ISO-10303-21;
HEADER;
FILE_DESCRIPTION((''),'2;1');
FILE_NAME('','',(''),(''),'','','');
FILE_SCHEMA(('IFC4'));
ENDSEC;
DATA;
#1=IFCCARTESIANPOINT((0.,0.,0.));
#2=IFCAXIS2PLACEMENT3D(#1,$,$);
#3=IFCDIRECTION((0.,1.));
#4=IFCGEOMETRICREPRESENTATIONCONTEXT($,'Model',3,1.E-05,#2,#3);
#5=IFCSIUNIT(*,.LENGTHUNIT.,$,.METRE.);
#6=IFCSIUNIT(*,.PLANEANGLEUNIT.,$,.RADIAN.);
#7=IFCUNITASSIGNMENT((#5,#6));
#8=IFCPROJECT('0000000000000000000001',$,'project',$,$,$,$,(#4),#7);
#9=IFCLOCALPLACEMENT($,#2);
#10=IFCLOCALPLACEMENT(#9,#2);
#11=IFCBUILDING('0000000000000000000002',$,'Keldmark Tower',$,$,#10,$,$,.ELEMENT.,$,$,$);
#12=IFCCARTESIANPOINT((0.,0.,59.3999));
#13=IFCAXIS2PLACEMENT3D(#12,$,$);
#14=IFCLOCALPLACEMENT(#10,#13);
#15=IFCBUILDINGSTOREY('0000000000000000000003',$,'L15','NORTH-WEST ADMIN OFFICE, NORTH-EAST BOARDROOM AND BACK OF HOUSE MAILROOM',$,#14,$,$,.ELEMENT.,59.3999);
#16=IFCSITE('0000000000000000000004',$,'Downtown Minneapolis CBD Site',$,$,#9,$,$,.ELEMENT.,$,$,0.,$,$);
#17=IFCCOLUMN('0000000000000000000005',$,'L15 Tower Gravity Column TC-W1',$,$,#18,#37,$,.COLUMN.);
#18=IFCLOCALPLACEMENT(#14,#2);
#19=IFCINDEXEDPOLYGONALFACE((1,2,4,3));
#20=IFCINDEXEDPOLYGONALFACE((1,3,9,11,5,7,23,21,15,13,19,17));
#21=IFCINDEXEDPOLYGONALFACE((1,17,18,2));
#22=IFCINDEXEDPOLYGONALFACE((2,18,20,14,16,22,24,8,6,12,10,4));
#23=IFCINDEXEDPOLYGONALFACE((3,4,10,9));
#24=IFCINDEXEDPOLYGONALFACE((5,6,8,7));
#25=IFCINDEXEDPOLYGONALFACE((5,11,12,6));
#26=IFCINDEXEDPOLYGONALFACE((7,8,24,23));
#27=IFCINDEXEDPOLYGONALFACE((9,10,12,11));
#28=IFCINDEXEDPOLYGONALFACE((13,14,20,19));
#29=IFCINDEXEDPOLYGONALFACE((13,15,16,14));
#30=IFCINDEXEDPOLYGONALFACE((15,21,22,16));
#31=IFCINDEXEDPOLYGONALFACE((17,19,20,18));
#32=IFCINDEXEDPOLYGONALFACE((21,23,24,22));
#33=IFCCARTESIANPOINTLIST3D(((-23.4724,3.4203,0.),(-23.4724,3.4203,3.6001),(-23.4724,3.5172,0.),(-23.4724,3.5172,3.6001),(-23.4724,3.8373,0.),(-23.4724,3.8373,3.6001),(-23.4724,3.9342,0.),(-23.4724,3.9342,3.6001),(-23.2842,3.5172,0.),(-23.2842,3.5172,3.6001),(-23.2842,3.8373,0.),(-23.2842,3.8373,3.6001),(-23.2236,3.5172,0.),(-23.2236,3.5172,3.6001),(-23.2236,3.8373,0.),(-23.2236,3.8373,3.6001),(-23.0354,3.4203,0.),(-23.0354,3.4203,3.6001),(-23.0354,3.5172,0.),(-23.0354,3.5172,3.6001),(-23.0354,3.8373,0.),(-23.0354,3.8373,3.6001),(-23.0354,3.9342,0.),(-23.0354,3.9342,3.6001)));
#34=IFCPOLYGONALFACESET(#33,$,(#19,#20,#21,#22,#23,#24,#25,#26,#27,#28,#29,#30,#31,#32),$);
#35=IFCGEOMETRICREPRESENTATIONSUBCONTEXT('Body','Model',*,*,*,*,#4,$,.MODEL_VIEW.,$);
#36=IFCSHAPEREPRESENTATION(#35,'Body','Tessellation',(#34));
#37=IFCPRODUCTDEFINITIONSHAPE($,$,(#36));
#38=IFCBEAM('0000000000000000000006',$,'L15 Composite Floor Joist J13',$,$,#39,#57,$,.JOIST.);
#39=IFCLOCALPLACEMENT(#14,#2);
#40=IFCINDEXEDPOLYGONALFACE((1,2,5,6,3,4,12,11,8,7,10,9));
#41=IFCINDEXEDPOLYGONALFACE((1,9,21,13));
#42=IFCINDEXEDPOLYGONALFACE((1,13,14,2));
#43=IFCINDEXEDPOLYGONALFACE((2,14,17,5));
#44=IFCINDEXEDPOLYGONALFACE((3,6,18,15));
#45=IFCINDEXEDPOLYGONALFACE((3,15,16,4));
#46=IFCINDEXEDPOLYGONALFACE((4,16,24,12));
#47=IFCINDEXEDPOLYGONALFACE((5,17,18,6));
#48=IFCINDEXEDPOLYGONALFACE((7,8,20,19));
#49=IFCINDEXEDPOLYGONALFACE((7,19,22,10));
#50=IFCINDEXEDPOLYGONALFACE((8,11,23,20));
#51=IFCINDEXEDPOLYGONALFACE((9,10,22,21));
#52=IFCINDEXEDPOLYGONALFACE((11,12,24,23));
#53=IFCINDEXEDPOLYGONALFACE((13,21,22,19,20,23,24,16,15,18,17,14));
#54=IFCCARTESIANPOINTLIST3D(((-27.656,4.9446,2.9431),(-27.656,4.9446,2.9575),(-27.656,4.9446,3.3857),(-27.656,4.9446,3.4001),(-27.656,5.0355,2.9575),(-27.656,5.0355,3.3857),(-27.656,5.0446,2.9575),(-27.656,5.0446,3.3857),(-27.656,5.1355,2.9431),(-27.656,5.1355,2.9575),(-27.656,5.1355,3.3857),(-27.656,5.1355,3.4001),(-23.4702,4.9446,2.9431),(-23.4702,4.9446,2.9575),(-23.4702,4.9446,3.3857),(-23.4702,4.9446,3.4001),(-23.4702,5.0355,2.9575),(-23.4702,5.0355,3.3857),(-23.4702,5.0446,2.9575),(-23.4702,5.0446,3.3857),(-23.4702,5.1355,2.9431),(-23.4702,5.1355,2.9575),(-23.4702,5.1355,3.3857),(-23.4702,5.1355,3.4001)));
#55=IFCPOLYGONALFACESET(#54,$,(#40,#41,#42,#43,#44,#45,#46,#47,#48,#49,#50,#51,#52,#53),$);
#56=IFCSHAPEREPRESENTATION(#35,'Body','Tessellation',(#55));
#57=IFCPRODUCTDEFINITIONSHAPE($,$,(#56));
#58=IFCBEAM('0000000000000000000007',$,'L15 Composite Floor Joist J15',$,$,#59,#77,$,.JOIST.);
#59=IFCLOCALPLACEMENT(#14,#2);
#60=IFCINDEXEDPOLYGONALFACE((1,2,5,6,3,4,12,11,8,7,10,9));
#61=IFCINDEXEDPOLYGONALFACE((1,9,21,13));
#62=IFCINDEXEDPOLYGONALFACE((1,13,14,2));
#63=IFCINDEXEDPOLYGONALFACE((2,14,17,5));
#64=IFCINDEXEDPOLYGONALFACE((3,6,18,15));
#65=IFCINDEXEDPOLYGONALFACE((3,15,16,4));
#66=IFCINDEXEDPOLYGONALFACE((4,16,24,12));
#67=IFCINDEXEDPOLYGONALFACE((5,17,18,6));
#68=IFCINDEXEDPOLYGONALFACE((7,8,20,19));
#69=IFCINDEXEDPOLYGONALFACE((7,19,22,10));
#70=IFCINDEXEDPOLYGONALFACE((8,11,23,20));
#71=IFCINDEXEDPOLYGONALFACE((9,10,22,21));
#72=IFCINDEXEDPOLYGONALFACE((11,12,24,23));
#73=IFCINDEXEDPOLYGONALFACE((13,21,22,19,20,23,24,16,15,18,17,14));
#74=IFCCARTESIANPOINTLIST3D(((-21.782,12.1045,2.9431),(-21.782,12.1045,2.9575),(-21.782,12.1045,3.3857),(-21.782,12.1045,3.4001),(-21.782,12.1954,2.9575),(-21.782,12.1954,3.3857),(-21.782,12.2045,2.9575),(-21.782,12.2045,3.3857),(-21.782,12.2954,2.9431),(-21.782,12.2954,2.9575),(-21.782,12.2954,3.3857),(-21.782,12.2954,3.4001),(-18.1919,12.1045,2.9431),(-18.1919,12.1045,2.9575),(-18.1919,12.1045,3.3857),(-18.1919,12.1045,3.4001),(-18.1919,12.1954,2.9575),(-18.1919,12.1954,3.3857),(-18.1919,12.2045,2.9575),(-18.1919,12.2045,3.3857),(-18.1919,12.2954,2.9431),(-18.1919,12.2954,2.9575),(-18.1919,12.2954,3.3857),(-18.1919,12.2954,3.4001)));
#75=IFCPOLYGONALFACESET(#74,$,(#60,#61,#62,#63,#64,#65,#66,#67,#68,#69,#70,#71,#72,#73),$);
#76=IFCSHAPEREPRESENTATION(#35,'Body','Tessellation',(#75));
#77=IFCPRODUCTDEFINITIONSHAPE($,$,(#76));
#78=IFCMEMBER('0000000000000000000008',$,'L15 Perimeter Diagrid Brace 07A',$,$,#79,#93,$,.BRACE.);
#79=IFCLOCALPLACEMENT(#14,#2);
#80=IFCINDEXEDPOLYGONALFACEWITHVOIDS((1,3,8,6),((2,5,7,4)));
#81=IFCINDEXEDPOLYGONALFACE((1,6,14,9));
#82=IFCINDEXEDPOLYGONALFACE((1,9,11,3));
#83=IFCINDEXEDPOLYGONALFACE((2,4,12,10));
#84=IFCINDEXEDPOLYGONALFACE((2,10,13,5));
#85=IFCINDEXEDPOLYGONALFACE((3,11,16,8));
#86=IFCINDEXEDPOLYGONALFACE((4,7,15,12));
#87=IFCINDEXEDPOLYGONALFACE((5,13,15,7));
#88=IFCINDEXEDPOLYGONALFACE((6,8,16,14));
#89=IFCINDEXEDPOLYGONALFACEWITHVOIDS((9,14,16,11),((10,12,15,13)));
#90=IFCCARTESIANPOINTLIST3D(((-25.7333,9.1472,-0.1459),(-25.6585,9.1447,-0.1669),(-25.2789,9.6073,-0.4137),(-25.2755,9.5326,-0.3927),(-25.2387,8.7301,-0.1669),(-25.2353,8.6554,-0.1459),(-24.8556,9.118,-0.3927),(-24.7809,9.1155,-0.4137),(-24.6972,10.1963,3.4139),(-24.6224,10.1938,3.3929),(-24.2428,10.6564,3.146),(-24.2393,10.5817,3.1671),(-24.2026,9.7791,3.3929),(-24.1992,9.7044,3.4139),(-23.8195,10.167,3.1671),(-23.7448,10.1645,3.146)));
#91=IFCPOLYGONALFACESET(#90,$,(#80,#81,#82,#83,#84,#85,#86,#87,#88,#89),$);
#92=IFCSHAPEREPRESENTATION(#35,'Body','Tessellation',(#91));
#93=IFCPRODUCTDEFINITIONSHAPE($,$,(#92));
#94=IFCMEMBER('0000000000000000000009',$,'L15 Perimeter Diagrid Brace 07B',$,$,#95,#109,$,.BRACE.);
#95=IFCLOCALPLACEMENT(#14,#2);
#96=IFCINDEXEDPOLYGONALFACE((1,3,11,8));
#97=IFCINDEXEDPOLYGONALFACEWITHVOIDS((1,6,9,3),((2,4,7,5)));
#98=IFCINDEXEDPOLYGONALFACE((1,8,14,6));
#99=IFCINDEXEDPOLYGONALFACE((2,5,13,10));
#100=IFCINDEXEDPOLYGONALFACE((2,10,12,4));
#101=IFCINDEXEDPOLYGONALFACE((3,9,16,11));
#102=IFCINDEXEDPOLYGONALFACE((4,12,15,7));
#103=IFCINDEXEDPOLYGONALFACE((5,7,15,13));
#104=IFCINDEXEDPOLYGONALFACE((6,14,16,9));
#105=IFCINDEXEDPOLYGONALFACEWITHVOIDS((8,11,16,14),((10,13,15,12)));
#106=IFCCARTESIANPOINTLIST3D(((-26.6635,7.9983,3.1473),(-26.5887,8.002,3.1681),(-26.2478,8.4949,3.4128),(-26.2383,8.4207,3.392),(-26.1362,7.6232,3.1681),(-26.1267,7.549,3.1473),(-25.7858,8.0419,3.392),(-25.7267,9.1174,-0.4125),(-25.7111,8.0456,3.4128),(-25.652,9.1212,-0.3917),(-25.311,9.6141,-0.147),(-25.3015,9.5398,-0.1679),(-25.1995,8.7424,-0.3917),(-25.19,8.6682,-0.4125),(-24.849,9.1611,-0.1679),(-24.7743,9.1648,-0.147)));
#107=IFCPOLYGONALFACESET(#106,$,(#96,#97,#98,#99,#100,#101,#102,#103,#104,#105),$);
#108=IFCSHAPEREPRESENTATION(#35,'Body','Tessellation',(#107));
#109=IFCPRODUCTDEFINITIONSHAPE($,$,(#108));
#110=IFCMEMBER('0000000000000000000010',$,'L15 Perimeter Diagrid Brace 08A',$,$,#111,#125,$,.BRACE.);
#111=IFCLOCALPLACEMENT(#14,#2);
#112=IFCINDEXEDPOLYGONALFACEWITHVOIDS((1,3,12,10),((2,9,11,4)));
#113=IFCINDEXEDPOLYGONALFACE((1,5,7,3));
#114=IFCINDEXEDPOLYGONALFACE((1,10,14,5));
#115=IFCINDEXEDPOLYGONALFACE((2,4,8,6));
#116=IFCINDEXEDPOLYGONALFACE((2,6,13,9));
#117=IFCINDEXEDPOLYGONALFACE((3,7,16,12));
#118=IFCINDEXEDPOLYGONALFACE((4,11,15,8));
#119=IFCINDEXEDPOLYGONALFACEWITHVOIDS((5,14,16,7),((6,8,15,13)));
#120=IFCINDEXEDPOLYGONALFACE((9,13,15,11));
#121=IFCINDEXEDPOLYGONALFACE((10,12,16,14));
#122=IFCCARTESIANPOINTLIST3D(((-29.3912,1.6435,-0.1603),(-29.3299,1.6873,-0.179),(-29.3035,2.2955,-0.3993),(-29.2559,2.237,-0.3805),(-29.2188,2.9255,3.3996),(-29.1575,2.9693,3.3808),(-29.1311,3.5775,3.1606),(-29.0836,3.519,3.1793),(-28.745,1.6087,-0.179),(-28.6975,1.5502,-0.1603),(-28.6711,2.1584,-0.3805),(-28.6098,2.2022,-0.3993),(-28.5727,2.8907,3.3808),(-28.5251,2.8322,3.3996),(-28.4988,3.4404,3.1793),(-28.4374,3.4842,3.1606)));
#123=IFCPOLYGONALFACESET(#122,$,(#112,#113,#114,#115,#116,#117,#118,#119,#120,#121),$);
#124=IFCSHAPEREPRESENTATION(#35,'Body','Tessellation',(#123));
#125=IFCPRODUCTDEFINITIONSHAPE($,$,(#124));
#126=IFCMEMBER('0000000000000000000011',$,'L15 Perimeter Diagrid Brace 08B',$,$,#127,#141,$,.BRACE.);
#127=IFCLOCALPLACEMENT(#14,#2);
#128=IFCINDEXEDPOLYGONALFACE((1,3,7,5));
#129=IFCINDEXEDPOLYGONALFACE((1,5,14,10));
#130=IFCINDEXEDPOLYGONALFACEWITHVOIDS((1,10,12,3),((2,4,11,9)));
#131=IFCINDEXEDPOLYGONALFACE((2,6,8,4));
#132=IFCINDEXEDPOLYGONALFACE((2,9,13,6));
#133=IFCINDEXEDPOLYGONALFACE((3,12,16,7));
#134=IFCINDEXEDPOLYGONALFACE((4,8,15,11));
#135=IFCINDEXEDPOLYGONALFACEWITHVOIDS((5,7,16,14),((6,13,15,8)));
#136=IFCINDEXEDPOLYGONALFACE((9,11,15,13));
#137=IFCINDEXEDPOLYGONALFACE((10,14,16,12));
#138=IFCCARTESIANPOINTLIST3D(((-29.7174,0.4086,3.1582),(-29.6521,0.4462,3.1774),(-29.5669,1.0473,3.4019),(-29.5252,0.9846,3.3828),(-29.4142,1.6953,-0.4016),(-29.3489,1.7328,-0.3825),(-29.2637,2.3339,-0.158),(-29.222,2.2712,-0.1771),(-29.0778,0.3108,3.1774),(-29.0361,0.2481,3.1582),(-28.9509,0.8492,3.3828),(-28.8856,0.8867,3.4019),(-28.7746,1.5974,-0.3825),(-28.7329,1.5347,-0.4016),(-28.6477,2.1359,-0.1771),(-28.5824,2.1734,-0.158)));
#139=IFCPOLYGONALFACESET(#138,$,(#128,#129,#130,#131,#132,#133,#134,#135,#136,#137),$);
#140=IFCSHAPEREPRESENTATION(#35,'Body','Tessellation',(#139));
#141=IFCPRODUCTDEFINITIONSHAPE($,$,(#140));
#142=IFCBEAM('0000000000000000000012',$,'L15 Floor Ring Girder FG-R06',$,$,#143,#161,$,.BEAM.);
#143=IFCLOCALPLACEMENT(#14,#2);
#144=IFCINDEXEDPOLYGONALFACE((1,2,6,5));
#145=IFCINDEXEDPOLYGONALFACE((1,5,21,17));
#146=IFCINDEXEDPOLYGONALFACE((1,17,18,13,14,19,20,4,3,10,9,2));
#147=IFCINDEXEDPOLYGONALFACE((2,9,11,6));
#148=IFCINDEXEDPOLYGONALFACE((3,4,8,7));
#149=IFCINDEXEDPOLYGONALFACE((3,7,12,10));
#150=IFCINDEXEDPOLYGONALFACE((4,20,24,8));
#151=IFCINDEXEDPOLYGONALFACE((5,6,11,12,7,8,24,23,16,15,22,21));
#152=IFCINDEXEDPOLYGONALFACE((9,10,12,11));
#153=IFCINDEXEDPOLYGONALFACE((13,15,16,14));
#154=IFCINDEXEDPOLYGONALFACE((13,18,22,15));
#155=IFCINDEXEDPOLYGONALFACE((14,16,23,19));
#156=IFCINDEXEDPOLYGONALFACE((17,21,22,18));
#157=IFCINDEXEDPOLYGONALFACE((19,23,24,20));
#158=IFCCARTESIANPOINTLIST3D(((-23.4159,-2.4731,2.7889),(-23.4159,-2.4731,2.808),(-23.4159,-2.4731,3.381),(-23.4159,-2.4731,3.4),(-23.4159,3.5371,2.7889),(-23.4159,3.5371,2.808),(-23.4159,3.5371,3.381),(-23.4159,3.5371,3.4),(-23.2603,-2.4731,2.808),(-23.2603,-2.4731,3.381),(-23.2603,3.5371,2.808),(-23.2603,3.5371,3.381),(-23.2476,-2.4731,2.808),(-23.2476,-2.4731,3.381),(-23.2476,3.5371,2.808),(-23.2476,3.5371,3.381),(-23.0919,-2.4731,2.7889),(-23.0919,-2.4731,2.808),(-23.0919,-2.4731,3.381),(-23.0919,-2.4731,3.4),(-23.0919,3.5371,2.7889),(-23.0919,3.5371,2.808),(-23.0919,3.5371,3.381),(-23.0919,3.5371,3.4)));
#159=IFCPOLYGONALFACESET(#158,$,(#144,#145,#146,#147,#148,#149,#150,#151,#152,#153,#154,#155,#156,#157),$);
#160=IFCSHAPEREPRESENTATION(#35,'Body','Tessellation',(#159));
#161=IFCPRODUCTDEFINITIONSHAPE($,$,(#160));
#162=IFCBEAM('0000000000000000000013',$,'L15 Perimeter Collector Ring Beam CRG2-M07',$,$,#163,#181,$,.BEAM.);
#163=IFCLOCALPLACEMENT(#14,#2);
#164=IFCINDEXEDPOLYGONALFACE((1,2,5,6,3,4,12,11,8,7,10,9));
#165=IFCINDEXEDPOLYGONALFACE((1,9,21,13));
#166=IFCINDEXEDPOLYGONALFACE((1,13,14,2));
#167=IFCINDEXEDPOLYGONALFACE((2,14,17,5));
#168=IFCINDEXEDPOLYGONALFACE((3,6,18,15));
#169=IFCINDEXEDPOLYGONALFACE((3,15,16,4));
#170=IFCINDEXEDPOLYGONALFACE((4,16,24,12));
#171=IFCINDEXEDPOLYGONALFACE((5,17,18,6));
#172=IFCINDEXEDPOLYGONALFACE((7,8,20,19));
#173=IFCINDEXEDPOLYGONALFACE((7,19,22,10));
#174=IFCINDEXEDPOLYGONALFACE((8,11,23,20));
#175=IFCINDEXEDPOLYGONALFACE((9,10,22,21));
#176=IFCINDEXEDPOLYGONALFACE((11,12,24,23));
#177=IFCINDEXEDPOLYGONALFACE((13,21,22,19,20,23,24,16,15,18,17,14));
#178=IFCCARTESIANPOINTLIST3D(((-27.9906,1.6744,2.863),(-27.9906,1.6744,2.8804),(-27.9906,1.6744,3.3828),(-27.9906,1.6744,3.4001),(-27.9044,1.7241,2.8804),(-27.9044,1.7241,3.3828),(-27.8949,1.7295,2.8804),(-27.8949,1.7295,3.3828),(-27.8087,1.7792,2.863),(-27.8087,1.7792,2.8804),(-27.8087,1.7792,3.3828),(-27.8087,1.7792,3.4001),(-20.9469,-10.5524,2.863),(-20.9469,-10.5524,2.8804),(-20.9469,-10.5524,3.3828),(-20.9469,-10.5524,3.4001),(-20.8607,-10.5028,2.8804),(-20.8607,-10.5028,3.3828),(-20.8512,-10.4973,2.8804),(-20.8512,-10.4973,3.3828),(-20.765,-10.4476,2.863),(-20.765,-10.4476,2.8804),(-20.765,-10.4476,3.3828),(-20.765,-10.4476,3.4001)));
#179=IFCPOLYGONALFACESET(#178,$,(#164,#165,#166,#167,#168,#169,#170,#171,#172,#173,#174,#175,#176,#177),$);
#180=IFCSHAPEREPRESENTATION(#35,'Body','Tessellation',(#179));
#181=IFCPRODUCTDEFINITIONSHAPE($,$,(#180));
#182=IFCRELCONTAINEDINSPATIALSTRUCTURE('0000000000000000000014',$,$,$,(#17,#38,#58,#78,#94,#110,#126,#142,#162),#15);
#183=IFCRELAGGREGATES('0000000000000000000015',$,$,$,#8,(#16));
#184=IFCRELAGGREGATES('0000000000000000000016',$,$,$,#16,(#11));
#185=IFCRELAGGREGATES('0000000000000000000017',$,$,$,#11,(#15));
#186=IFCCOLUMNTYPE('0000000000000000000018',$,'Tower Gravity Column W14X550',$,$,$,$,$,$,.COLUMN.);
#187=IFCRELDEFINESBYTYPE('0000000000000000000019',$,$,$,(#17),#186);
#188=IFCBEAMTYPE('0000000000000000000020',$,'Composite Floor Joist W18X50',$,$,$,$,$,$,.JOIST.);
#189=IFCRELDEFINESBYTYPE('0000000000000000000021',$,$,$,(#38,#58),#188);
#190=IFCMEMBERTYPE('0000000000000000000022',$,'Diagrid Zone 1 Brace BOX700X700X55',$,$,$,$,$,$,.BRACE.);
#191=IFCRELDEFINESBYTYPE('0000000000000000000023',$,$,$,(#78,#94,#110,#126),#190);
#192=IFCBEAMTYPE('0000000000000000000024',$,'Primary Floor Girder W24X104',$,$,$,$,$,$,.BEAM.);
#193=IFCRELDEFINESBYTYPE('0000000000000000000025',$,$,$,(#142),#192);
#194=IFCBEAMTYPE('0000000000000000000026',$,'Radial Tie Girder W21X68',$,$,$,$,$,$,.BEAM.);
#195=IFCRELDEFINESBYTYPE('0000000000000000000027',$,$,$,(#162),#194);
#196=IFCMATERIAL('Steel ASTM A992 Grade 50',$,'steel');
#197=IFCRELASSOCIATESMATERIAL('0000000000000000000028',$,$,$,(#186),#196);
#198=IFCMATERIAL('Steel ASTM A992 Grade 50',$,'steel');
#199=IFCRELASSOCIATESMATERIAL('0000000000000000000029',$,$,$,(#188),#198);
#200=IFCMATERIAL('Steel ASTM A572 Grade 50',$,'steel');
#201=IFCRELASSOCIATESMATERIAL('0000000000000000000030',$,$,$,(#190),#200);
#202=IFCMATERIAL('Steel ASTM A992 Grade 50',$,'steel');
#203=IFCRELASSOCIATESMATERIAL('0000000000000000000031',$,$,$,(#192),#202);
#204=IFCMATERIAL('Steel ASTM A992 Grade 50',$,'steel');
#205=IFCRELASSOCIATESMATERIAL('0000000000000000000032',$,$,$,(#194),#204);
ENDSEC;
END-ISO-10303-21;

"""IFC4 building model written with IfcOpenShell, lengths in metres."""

from ifc_helpers import new_model, si_unit, direction, frame, origin, origin_2d, place, context, subcontext, project, spatial, hollow_rectangle, i_section, extrude, material, material_profile, profile_set, type_object, element, save


model = new_model("IFC4")

# Units and contexts
model_context = context("Model", 3, precision=1e-05, world=origin(), true_north=direction((0.0, 1.0)))
body_context = subcontext(model_context, "Body", "Model", "MODEL_VIEW")
ifc_project = project(units=[si_unit("LENGTHUNIT", "METRE"), si_unit("PLANEANGLEUNIT", "RADIAN")], contexts=[model_context])

# Site, building, storey
site_placement = place(None, origin())
site = spatial("IfcSite", under=ifc_project, at=site_placement, Name="Downtown Minneapolis CBD Site", CompositionType="ELEMENT", RefElevation=0.0)
building_placement = place(site_placement, origin())
building = spatial("IfcBuilding", under=site, at=building_placement, Name="Keldmark Tower", CompositionType="ELEMENT")
storey_placement = place(building_placement, frame((0.0, 0.0, 59.3999)))
storey = spatial("IfcBuildingStorey", under=building, at=storey_placement, Name="L15", Description="NORTH-WEST ADMIN OFFICE, NORTH-EAST BOARDROOM AND BACK OF HOUSE MAILROOM", CompositionType="ELEMENT", Elevation=59.3999)

# Column
ifc_material_1 = material(Name="Steel ASTM A992 Grade 50", Category="steel")
ifc_material_profile_1 = material_profile(ifc_material_1, i_section(OverallWidth=0.437, OverallDepth=0.5139, WebThickness=0.0605, FlangeThickness=0.0969, at=origin_2d()), Name="W14X550")
ifc_profile_set_1 = profile_set([ifc_material_profile_1], Name="Steel ASTM A992 Grade 50")
column_type = type_object("IfcColumnType", Name="Tower Gravity Column W14X550", PredefinedType="COLUMN", material=ifc_profile_set_1)
column_placement = place(storey_placement, frame((-23.2539, 3.6772, 0.0), z_axis=(0.0, 0.0, 1.0), x_axis=(1.0, 0.0, 0.0)))
element("IfcColumn", 1, at=column_placement, inside=storey, type_object=column_type, Name="L15 Tower Gravity Column TC-W1", PredefinedType="COLUMN", context=body_context, shape_type="SweptSolid", body=[
    extrude(i_section(OverallWidth=0.437, OverallDepth=0.5139, WebThickness=0.0605, FlangeThickness=0.0969, at=origin_2d()), origin(), (0.0, 0.0, 1.0), 3.6001),
])

# Beams
ifc_material_2 = material(Name="Steel ASTM A992 Grade 50", Category="steel")
ifc_material_profile_2 = material_profile(ifc_material_2, i_section(OverallWidth=0.1909, OverallDepth=0.457, WebThickness=0.009, FlangeThickness=0.0144, at=origin_2d()), Name="W18X50")
ifc_profile_set_2 = profile_set([ifc_material_profile_2], Name="Steel ASTM A992 Grade 50")
beam_type_1 = type_object("IfcBeamType", Name="Composite Floor Joist W18X50", PredefinedType="JOIST", material=ifc_profile_set_2)
beam_1_placement = place(storey_placement, frame((-27.656, 5.04, 3.1716), z_axis=(1.0, 0.0, 0.0), x_axis=(0.0, 1.0, 0.0)))
element("IfcBeam", 2, at=beam_1_placement, inside=storey, type_object=beam_type_1, Name="L15 Composite Floor Joist J13", PredefinedType="JOIST", context=body_context, shape_type="SweptSolid", body=[
    extrude(i_section(OverallWidth=0.1909, OverallDepth=0.457, WebThickness=0.009, FlangeThickness=0.0144, at=origin_2d()), origin(), (0.0, 0.0, 1.0), 4.1858),
])
beam_2_placement = place(storey_placement, frame((-21.782, 12.2, 3.1716), z_axis=(1.0, 0.0, 0.0), x_axis=(0.0, 1.0, 0.0)))
element("IfcBeam", 3, at=beam_2_placement, inside=storey, type_object=beam_type_1, Name="L15 Composite Floor Joist J15", PredefinedType="JOIST", context=body_context, shape_type="SweptSolid", body=[
    extrude(i_section(OverallWidth=0.1909, OverallDepth=0.457, WebThickness=0.009, FlangeThickness=0.0144, at=origin_2d()), origin(), (0.0, 0.0, 1.0), 3.5901),
])

# Members
ifc_material_3 = material(Name="Steel ASTM A572 Grade 50", Category="steel")
ifc_material_profile_3 = material_profile(ifc_material_3, hollow_rectangle(XDim=0.7, YDim=0.7, WallThickness=0.0549, at=origin_2d()), Name="BOX700X700X55")
ifc_profile_set_3 = profile_set([ifc_material_profile_3], Name="Steel ASTM A572 Grade 50")
member_type = type_object("IfcMemberType", Name="Diagrid Zone 1 Brace BOX700X700X55", PredefinedType="BRACE", material=ifc_profile_set_3)
member_1_placement = place(storey_placement, frame((-25.2571, 9.1313, -0.2798), z_axis=(0.268909, 0.272267, 0.923883), x_axis=(-0.711481, 0.702705, 0.0)))
element("IfcMember", 4, at=member_1_placement, inside=storey, type_object=member_type, Name="L15 Perimeter Diagrid Brace 07A", PredefinedType="BRACE", context=body_context, shape_type="SweptSolid", body=[
    extrude(hollow_rectangle(XDim=0.7, YDim=0.7, WallThickness=0.0549, at=origin_2d()), origin(), (0.0, 0.0, 1.0), 3.853),
])
member_2_placement = place(storey_placement, frame((-25.2505, 9.1411, -0.2798), z_axis=(-0.243482, -0.290884, 0.925258), x_axis=(0.766821, -0.641861, 0.0)))
element("IfcMember", 5, at=member_2_placement, inside=storey, type_object=member_type, Name="L15 Perimeter Diagrid Brace 07B", PredefinedType="BRACE", context=body_context, shape_type="SweptSolid", body=[
    extrude(hollow_rectangle(XDim=0.7, YDim=0.7, WallThickness=0.0549, at=origin_2d()), origin(), (0.0, 0.0, 1.0), 3.8474),
])
member_3_placement = place(storey_placement, frame((-29.0005, 1.9229, -0.2798), z_axis=(0.045508, 0.338474, 0.939875), x_axis=(-0.991082, 0.133252, 0.0)))
element("IfcMember", 6, at=member_3_placement, inside=storey, type_object=member_type, Name="L15 Perimeter Diagrid Brace 08A", PredefinedType="BRACE", context=body_context, shape_type="SweptSolid", body=[
    extrude(hollow_rectangle(XDim=0.7, YDim=0.7, WallThickness=0.0549, at=origin_2d()), origin(), (0.0, 0.0, 1.0), 3.7876),
])
member_4_placement = place(storey_placement, frame((-28.9983, 1.9343, -0.2798), z_axis=(-0.079852, -0.338824, 0.937455), x_axis=(0.973335, -0.229389, 0.0)))
element("IfcMember", 7, at=member_4_placement, inside=storey, type_object=member_type, Name="L15 Perimeter Diagrid Brace 08B", PredefinedType="BRACE", context=body_context, shape_type="SweptSolid", body=[
    extrude(hollow_rectangle(XDim=0.7, YDim=0.7, WallThickness=0.0549, at=origin_2d()), origin(), (0.0, 0.0, 1.0), 3.7974),
])

# Beams
ifc_material_4 = material(Name="Steel ASTM A992 Grade 50", Category="steel")
ifc_material_profile_4 = material_profile(ifc_material_4, i_section(OverallWidth=0.324, OverallDepth=0.6111, WebThickness=0.0127, FlangeThickness=0.019, at=origin_2d()), Name="W24X104")
ifc_profile_set_4 = profile_set([ifc_material_profile_4], Name="Steel ASTM A992 Grade 50")
beam_type_2 = type_object("IfcBeamType", Name="Primary Floor Girder W24X104", PredefinedType="BEAM", material=ifc_profile_set_4)
beam_3_placement = place(storey_placement, frame((-23.2539, 3.5371, 3.0945), z_axis=(0.0, -1.0, 0.0), x_axis=(1.0, 0.0, 0.0)))
element("IfcBeam", 8, at=beam_3_placement, inside=storey, type_object=beam_type_2, Name="L15 Floor Ring Girder FG-R06", PredefinedType="BEAM", context=body_context, shape_type="SweptSolid", body=[
    extrude(i_section(OverallWidth=0.324, OverallDepth=0.6111, WebThickness=0.0127, FlangeThickness=0.019, at=origin_2d()), origin(), (0.0, 0.0, 1.0), 6.0103),
])
ifc_material_5 = material(Name="Steel ASTM A992 Grade 50", Category="steel")
ifc_material_profile_5 = material_profile(ifc_material_5, i_section(OverallWidth=0.21, OverallDepth=0.5371, WebThickness=0.011, FlangeThickness=0.0173, at=origin_2d()), Name="W21X68")
ifc_profile_set_5 = profile_set([ifc_material_profile_5], Name="Steel ASTM A992 Grade 50")
beam_type_3 = type_object("IfcBeamType", Name="Radial Tie Girder W21X68", PredefinedType="BEAM", material=ifc_profile_set_5)
beam_4_placement = place(storey_placement, frame((-27.8997, 1.7268, 3.1316), z_axis=(0.499179, -0.866499, 0.0), x_axis=(0.866499, 0.499179, 0.0)))
element("IfcBeam", 9, at=beam_4_placement, inside=storey, type_object=beam_type_3, Name="L15 Perimeter Collector Ring Beam CRG2-M07", PredefinedType="BEAM", context=body_context, shape_type="SweptSolid", body=[
    extrude(i_section(OverallWidth=0.21, OverallDepth=0.5371, WebThickness=0.011, FlangeThickness=0.0173, at=origin_2d()), origin(), (0.0, 0.0, 1.0), 14.1106),
])

save(model, "model.ifc")
